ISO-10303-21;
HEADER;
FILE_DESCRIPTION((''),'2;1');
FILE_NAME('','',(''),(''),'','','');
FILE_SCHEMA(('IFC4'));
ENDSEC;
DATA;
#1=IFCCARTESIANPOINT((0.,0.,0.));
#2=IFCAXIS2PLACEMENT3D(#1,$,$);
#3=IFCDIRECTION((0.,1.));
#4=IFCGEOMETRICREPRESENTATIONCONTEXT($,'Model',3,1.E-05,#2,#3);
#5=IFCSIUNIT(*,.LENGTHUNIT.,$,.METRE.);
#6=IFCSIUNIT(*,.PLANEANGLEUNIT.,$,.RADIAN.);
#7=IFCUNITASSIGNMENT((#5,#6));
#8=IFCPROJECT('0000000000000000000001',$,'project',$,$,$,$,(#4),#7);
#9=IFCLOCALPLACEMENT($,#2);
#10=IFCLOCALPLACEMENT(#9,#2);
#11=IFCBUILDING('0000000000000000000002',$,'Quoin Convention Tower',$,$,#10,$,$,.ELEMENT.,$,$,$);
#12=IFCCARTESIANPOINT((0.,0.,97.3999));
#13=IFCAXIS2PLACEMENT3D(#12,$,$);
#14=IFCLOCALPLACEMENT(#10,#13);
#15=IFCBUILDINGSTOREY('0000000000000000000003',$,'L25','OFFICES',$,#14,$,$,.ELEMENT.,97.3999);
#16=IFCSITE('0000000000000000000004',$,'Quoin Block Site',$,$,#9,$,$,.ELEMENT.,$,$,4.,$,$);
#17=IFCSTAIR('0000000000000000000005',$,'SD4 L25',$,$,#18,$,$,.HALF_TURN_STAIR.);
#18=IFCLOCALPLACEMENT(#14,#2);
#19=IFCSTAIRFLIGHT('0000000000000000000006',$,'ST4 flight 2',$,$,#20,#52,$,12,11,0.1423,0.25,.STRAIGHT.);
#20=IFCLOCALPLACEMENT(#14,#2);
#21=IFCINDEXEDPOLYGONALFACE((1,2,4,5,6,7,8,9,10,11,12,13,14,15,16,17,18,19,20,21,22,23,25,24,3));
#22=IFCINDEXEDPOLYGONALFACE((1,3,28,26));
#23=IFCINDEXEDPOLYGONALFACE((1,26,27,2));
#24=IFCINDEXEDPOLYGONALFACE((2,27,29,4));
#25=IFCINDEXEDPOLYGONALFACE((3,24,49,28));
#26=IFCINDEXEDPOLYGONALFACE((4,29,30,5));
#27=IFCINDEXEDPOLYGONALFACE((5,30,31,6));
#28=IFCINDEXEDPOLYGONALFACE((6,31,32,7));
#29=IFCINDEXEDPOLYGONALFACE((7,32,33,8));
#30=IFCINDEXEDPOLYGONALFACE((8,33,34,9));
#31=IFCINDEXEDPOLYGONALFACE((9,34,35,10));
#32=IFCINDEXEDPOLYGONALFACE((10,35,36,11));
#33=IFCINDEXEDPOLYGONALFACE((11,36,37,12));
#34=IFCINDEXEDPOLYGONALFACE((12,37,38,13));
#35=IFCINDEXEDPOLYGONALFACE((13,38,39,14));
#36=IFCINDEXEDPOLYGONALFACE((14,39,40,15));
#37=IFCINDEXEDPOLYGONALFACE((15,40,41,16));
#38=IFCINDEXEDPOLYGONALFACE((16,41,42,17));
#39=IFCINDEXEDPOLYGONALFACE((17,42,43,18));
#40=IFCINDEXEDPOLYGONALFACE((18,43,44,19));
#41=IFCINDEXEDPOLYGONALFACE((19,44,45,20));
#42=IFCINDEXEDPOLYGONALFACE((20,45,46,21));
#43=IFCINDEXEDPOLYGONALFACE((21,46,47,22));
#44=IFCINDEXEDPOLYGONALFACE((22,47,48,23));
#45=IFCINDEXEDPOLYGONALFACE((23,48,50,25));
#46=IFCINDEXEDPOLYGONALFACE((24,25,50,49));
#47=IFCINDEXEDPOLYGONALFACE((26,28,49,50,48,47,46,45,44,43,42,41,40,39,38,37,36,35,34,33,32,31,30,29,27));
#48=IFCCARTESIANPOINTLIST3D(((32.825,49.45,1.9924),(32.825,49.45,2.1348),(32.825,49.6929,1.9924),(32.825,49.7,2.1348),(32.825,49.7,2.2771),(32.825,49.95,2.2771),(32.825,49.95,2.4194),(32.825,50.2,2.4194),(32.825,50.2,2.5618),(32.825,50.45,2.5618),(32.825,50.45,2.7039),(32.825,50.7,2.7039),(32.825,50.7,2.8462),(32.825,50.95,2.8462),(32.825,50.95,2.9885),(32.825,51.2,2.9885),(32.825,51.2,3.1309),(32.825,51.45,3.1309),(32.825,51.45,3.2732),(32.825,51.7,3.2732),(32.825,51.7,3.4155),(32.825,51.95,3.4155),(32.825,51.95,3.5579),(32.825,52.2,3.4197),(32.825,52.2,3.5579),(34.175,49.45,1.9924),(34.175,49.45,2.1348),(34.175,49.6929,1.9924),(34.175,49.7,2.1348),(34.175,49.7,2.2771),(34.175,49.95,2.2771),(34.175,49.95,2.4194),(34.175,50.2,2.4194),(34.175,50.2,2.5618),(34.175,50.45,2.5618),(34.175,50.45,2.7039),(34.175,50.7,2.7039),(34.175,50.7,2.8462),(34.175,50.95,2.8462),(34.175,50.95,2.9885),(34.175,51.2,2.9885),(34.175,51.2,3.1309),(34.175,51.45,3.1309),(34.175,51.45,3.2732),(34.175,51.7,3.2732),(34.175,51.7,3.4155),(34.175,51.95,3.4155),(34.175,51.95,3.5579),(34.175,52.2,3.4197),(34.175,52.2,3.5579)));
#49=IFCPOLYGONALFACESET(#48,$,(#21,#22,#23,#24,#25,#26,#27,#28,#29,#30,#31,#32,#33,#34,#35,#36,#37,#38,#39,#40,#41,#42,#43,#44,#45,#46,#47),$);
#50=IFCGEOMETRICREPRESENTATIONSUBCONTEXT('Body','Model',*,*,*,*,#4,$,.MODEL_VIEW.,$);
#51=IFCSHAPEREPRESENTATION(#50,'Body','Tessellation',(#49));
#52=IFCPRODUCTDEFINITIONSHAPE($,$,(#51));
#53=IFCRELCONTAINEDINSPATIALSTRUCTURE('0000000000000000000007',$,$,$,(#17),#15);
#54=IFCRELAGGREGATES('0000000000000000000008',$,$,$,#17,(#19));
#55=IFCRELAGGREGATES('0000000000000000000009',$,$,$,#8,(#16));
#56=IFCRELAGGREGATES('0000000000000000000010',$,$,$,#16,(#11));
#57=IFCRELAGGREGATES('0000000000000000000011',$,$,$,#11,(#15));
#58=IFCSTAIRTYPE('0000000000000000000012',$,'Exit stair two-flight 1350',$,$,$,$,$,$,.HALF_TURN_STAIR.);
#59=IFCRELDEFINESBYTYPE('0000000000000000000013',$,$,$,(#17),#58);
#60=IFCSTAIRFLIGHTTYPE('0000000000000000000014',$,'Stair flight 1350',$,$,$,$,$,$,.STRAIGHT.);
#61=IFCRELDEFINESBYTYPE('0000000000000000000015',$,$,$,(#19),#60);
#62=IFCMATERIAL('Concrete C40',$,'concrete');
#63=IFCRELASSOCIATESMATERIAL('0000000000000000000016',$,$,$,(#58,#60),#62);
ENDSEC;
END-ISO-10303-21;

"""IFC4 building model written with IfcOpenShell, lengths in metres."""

from ifc_helpers import new_model, si_unit, direction, frame, origin, place, context, subcontext, project, spatial, polyline, outline, extrude, material, type_object, element, aggregate, save


model = new_model("IFC4")

# Units and contexts
model_context = context("Model", 3, precision=1e-05, world=origin(), true_north=direction((0.0, 1.0)))
body_context = subcontext(model_context, "Body", "Model", "MODEL_VIEW")
ifc_project = project(units=[si_unit("LENGTHUNIT", "METRE"), si_unit("PLANEANGLEUNIT", "RADIAN")], contexts=[model_context])

# Site, building, storey
site_placement = place(None, origin())
site = spatial("IfcSite", under=ifc_project, at=site_placement, Name="Quoin Block Site", CompositionType="ELEMENT", RefElevation=4.0)
building_placement = place(site_placement, origin())
building = spatial("IfcBuilding", under=site, at=building_placement, Name="Quoin Convention Tower", CompositionType="ELEMENT")
storey_placement = place(building_placement, frame((0.0, 0.0, 97.3999)))
storey = spatial("IfcBuildingStorey", under=building, at=storey_placement, Name="L25", Description="OFFICES", CompositionType="ELEMENT", Elevation=97.3999)

# Stair, stair flight
ifc_material_1 = material(Name="Concrete C40", Category="concrete")
stair_type = type_object("IfcStairType", Name="Exit stair two-flight 1350", PredefinedType="HALF_TURN_STAIR", material=ifc_material_1)
stair_flight_type = type_object("IfcStairFlightType", Name="Stair flight 1350", PredefinedType="STRAIGHT", material=ifc_material_1)
stair_1_placement = place(storey_placement, origin())
stair_1 = element("IfcStair", 1, at=stair_1_placement, inside=storey, type_object=stair_type, Name="SD4 L25", PredefinedType="HALF_TURN_STAIR")
stair_flight_1_placement = place(storey_placement, frame((33.5, 49.45, 1.9924), z_axis=(0.0, 0.0, 1.0), x_axis=(0.0, 1.0, 0.0)))
stair_flight_1 = element("IfcStairFlight", 2, at=stair_flight_1_placement, type_object=stair_flight_type, Name="ST4 flight 2", NumberOfRisers=12, NumberOfTreads=11, PredefinedType="STRAIGHT", RiserHeight=0.1423, TreadLength=0.25, context=body_context, shape_type="SweptSolid", body=[
    extrude(outline(polyline([(0.0, 0.0), (0.0, 0.1423), (0.25, 0.1423), (0.25, 0.2847), (0.5, 0.2847), (0.5, 0.427), (0.75, 0.427), (0.75, 0.5693), (1.0, 0.5693), (1.0, 0.7114), (1.25, 0.7114), (1.25, 0.8538), (1.5, 0.8538), (1.5, 0.9961), (1.75, 0.9961), (1.75, 1.1384), (2.0, 1.1384), (2.0, 1.2808), (2.25, 1.2808), (2.25, 1.4231), (2.5, 1.4231), (2.5, 1.5654), (2.75, 1.5654), (2.75, 1.7078), (2.75, 1.4272), (0.2429, 0.0), (0.0, 0.0)])), frame((0.0, 0.675, 0.0), z_axis=(0.0, -1.0, 0.0), x_axis=(1.0, 0.0, 0.0)), (0.0, 0.0, 1.0), 1.3501),
])
aggregate(stair_1, [stair_flight_1])

save(model, "model.ifc")
